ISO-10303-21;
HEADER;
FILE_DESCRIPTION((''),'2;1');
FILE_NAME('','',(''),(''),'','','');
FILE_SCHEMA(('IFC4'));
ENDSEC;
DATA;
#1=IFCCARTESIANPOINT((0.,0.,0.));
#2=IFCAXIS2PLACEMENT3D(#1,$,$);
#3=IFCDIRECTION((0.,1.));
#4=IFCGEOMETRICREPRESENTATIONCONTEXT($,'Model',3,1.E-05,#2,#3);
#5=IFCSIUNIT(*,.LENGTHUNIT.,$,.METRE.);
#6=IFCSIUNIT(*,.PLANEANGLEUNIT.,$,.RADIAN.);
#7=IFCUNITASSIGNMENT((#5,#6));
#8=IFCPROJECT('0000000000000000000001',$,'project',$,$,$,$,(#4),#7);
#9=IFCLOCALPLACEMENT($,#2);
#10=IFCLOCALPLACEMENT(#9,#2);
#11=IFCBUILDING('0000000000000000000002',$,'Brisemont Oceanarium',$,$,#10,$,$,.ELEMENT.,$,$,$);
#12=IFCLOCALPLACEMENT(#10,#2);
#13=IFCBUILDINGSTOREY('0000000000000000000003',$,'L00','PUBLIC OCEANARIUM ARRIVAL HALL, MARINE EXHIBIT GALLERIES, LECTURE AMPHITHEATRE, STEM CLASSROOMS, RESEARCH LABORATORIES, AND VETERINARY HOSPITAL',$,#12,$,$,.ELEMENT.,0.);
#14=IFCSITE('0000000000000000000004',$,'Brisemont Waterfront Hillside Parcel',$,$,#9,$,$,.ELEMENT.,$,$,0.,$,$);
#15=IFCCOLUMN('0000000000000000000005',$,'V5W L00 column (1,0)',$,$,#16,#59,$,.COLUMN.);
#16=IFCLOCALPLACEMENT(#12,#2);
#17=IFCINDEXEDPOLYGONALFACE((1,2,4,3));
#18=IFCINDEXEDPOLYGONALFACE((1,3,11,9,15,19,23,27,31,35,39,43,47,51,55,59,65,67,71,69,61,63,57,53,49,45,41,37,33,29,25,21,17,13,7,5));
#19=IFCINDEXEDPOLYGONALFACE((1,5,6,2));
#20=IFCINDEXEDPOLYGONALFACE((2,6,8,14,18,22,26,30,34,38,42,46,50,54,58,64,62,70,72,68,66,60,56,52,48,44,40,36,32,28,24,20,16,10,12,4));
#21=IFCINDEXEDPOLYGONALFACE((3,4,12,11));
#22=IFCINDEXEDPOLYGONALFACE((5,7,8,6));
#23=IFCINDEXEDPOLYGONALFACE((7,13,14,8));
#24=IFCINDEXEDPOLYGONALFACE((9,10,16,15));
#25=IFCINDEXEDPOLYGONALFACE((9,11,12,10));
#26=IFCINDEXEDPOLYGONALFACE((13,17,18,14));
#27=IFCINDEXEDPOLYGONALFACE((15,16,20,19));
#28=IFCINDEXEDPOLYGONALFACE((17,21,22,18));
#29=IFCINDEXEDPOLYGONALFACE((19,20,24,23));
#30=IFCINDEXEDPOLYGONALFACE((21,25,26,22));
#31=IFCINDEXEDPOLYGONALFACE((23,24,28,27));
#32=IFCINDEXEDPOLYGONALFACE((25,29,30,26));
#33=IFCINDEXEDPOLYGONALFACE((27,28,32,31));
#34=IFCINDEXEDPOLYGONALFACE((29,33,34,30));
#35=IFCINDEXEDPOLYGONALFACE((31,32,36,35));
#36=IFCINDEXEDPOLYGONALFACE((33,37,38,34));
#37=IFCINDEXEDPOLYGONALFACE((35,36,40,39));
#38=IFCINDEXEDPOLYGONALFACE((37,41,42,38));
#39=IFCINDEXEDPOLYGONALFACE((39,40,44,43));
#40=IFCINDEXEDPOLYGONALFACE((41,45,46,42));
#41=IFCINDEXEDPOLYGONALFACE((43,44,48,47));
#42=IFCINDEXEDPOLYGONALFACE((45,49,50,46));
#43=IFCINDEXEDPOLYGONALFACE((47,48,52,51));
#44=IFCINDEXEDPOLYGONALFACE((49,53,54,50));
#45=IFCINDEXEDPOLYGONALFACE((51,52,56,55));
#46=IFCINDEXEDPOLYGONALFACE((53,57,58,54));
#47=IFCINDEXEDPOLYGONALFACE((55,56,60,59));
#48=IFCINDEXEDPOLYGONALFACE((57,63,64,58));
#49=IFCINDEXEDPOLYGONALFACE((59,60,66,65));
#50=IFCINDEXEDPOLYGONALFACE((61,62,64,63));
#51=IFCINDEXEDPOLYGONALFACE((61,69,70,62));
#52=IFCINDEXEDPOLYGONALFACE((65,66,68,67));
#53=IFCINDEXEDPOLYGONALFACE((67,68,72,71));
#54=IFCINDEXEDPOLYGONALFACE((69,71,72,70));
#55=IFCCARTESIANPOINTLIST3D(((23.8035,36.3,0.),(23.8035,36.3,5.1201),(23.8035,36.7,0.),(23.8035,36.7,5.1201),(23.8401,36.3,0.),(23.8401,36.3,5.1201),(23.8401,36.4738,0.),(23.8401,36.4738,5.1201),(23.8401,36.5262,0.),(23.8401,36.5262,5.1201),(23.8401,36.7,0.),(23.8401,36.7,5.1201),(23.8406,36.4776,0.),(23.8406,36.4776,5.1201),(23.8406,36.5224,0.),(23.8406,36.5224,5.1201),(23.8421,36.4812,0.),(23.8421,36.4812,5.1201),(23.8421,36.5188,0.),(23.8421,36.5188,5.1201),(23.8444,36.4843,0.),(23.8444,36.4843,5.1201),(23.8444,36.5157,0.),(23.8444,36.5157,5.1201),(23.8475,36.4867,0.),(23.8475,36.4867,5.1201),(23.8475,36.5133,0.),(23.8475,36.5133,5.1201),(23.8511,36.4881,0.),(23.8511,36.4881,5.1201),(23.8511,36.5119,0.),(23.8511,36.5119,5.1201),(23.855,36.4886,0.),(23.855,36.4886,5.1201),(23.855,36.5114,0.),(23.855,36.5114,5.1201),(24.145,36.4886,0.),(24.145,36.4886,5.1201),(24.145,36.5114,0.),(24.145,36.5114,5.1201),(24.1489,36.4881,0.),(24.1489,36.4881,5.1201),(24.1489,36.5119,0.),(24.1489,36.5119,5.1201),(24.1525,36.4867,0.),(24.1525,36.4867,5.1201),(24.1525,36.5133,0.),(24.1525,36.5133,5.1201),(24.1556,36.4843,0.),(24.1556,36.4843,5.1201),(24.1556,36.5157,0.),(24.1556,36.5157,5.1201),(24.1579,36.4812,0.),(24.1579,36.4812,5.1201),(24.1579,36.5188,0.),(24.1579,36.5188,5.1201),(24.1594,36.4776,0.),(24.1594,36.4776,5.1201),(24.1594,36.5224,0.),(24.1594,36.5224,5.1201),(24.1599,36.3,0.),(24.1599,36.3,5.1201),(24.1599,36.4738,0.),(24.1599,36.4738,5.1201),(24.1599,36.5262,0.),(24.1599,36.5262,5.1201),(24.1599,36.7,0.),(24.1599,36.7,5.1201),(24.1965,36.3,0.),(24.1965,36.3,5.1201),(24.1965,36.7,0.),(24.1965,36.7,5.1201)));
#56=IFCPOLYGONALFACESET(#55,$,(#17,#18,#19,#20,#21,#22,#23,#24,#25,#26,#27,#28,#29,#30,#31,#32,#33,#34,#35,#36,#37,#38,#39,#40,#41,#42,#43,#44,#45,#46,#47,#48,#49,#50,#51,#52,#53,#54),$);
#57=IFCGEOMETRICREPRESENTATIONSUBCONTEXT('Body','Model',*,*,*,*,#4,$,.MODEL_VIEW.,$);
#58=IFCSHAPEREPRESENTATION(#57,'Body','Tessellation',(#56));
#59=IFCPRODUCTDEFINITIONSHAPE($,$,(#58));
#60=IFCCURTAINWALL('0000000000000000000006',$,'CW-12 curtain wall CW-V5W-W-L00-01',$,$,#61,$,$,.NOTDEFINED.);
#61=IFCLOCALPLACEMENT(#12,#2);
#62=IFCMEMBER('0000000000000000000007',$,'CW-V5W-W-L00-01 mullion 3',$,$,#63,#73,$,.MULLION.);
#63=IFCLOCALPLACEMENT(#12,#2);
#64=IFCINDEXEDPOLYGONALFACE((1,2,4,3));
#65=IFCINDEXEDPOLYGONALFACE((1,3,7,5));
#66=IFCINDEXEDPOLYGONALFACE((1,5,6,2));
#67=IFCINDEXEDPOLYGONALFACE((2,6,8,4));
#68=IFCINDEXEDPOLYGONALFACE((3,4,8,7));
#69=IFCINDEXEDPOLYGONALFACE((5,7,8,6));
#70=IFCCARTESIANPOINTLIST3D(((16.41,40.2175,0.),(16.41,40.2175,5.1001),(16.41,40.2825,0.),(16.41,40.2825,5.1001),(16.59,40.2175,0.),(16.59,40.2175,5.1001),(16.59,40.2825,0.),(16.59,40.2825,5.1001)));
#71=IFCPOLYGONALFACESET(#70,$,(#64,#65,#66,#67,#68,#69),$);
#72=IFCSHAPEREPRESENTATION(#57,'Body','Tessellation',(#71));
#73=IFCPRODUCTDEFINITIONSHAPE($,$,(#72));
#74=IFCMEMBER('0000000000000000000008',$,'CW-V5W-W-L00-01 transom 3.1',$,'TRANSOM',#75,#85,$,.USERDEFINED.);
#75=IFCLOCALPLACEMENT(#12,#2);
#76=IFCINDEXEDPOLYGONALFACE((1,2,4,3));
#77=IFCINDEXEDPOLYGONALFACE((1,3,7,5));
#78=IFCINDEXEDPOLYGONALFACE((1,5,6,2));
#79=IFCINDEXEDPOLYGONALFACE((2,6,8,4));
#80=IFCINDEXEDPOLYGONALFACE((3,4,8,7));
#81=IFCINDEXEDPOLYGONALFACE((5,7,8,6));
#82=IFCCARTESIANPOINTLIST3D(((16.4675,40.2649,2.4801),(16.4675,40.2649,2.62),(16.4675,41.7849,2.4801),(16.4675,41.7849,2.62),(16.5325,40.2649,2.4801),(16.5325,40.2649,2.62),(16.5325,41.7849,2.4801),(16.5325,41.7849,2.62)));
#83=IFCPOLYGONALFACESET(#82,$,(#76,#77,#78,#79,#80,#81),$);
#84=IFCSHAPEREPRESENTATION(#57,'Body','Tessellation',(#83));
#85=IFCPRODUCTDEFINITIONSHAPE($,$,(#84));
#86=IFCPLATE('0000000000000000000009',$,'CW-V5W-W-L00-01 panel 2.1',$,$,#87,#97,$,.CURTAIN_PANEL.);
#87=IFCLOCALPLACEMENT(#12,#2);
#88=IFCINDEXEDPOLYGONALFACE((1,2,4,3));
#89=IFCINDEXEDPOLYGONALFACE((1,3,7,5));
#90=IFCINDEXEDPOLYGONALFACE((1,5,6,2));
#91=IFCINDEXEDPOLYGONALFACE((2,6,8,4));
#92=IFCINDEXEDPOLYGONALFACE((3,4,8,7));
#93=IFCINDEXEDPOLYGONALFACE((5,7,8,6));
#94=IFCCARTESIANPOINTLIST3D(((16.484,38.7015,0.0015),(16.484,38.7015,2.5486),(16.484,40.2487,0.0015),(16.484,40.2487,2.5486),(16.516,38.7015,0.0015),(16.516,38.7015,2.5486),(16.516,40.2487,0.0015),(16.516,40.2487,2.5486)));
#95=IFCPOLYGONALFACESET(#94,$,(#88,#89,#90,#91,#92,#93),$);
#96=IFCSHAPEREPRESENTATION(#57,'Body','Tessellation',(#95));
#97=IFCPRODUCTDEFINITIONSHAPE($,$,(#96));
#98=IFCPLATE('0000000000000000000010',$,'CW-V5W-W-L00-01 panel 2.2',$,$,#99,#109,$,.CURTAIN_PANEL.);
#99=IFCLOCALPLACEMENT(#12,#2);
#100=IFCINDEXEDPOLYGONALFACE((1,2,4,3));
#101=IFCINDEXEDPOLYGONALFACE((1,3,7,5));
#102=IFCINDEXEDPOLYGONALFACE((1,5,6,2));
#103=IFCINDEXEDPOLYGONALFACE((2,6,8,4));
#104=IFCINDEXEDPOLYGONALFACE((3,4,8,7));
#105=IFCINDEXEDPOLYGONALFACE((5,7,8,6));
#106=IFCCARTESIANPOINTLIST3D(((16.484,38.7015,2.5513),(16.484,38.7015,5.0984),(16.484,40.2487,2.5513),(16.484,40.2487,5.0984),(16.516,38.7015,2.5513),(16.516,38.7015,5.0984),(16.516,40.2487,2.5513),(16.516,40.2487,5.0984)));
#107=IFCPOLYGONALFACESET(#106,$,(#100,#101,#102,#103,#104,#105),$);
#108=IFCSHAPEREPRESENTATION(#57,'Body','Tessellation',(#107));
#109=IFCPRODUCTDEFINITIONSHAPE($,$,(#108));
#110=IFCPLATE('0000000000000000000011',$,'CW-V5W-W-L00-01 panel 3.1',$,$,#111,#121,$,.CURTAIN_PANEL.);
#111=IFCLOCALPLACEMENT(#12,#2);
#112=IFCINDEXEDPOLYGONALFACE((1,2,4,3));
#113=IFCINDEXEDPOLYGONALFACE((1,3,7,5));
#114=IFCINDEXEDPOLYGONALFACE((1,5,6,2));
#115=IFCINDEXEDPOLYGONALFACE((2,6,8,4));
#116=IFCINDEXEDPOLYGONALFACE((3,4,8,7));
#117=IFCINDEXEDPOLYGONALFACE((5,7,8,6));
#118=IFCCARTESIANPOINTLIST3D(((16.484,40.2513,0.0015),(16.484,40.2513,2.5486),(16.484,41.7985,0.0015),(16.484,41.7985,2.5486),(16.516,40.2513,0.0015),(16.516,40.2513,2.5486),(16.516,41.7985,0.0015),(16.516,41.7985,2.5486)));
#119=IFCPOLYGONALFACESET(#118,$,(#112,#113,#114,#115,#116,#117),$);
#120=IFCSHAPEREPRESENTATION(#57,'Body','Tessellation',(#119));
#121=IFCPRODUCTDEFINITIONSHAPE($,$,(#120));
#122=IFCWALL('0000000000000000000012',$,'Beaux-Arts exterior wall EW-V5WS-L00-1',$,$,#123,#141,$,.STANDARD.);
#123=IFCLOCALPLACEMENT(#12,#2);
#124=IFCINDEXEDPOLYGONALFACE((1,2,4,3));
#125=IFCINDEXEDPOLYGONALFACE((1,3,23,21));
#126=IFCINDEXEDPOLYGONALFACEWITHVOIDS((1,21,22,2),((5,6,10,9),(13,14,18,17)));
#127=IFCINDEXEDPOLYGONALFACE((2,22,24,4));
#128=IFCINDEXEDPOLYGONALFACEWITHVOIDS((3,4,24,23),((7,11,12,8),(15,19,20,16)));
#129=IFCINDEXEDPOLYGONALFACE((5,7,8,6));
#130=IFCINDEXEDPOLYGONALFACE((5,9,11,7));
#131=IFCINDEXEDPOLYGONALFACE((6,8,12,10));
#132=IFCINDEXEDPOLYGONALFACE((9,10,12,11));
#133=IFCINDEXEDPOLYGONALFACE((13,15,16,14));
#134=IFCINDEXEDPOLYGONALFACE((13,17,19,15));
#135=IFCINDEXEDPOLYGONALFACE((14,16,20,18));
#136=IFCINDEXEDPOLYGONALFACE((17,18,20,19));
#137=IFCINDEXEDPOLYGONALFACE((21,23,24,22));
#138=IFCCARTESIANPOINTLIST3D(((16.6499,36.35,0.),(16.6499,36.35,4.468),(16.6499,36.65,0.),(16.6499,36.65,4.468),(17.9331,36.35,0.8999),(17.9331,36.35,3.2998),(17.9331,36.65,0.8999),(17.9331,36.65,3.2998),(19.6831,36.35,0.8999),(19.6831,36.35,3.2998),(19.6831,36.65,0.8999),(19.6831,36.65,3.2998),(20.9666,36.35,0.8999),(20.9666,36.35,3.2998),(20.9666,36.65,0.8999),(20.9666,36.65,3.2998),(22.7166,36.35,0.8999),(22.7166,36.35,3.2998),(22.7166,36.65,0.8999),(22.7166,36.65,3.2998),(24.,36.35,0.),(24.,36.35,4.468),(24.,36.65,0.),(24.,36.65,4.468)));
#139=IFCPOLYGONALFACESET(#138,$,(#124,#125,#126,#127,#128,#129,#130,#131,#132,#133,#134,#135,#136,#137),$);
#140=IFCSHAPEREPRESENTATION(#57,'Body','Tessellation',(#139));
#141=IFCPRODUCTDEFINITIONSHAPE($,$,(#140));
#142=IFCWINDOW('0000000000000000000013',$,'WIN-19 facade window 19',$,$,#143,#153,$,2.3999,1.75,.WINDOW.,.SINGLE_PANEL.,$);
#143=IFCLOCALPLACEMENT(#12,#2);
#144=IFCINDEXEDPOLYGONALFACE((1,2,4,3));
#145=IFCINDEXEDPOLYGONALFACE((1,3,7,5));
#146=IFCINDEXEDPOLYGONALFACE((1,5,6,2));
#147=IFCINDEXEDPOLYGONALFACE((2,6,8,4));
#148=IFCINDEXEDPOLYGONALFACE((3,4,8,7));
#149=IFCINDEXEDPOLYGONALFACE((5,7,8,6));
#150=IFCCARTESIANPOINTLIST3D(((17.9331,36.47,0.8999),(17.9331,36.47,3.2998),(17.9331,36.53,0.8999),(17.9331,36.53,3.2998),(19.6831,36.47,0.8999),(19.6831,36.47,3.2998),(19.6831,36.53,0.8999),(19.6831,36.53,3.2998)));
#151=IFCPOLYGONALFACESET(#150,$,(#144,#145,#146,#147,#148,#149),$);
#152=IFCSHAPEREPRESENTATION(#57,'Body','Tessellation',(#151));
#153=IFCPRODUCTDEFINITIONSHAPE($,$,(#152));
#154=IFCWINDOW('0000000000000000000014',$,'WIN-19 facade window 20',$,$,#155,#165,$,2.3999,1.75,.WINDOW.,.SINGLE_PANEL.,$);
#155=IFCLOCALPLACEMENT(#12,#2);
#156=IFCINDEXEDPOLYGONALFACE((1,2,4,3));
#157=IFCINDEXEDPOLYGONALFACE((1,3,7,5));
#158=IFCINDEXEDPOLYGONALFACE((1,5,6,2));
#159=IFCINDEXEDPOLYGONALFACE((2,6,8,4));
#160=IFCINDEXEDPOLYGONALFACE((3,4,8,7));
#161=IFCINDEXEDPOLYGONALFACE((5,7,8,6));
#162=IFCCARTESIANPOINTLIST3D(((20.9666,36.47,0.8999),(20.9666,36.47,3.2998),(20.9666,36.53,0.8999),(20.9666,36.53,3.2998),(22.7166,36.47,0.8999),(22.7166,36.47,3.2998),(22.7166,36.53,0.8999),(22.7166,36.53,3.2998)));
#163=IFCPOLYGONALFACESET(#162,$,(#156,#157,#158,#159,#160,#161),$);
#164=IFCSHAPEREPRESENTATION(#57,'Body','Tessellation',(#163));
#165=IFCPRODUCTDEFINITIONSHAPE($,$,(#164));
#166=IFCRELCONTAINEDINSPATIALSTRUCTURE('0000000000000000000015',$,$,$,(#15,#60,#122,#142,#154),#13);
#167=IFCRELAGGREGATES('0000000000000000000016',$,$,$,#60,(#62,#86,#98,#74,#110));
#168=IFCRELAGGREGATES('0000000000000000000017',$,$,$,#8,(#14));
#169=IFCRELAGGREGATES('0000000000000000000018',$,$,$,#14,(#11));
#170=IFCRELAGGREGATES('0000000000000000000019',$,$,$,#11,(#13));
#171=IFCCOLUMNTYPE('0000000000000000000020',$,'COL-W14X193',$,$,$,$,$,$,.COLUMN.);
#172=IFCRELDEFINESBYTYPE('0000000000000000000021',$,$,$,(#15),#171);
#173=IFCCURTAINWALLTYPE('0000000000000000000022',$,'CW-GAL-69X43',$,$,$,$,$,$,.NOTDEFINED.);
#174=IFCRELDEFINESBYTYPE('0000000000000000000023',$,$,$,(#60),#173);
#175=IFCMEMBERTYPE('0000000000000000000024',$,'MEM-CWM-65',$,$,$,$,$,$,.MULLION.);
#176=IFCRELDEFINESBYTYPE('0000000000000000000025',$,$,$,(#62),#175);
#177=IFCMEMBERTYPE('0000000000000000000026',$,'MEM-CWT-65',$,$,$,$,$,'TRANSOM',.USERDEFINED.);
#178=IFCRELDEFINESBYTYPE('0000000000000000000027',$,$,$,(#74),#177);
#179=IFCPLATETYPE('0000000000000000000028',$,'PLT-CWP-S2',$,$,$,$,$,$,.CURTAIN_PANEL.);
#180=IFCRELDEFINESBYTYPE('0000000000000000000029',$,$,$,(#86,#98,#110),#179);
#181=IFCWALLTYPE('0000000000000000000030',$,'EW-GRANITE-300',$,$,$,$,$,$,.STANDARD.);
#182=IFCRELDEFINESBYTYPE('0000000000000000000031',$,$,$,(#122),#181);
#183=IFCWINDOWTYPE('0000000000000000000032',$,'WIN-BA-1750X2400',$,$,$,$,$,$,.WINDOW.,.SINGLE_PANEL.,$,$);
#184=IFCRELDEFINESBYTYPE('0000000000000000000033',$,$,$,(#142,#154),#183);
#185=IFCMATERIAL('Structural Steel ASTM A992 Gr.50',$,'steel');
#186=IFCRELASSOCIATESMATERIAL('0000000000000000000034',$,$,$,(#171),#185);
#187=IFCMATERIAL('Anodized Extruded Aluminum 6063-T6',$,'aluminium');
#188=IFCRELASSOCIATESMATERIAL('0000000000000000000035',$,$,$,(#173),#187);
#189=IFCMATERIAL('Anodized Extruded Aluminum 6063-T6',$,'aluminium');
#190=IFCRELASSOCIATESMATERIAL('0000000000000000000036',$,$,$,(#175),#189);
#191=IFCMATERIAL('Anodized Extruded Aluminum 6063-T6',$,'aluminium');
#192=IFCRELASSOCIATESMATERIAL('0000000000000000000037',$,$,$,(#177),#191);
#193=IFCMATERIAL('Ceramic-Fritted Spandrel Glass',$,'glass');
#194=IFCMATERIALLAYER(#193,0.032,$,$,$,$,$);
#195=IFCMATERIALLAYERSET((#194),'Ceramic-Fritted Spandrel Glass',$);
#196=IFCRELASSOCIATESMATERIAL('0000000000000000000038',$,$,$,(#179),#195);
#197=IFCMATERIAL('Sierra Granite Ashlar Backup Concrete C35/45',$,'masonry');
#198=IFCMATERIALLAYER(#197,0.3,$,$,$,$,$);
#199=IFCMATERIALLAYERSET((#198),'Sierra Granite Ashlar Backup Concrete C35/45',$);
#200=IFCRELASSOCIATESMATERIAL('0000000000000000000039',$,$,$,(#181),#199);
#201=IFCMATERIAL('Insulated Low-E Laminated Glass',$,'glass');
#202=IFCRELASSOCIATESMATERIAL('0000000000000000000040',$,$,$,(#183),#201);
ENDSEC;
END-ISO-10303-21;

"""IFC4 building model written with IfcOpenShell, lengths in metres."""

from ifc_helpers import new_model, si_unit, direction, frame, frame_2d, origin, origin_2d, place, context, subcontext, project, spatial, rectangle, i_section, extrude, material, layer, layer_set, material_profile, profile_set, type_object, element, fill, aggregate, save


model = new_model("IFC4")

# Units and contexts
model_context = context("Model", 3, precision=1e-05, world=origin(), true_north=direction((0.0, 1.0)))
body_context = subcontext(model_context, "Body", "Model", "MODEL_VIEW")
ifc_project = project(units=[si_unit("LENGTHUNIT", "METRE"), si_unit("PLANEANGLEUNIT", "RADIAN")], contexts=[model_context])

# Site, building, storey
site_placement = place(None, origin())
site = spatial("IfcSite", under=ifc_project, at=site_placement, Name="Brisemont Waterfront Hillside Parcel", CompositionType="ELEMENT", RefElevation=0.0)
building_placement = place(site_placement, origin())
building = spatial("IfcBuilding", under=site, at=building_placement, Name="Brisemont Oceanarium", CompositionType="ELEMENT")
storey_placement = place(building_placement, origin())
storey = spatial("IfcBuildingStorey", under=building, at=storey_placement, Name="L00", Description="PUBLIC OCEANARIUM ARRIVAL HALL, MARINE EXHIBIT GALLERIES, LECTURE AMPHITHEATRE, STEM CLASSROOMS, RESEARCH LABORATORIES, AND VETERINARY HOSPITAL", CompositionType="ELEMENT", Elevation=0.0)

# Column
ifc_material_1 = material(Name="Structural Steel ASTM A992 Gr.50", Category="steel")
ifc_material_profile_1 = material_profile(ifc_material_1, i_section(OverallWidth=0.3999, OverallDepth=0.3931, WebThickness=0.0227, FlangeThickness=0.0366, FilletRadius=0.0149, at=origin_2d()), Name="W14X193")
ifc_profile_set_1 = profile_set([ifc_material_profile_1], Name="Structural Steel ASTM A992 Gr.50")
column_type_1 = type_object("IfcColumnType", Name="COL-W14X193", PredefinedType="COLUMN", material=ifc_profile_set_1)
column_1_placement = place(storey_placement, frame((24.0, 36.5, 0.0), z_axis=(0.0, 0.0, 1.0), x_axis=(0.0, 1.0, 0.0)))
element("IfcColumn", 1, at=column_1_placement, inside=storey, type_object=column_type_1, Name="V5W L00 column (1,0)", PredefinedType="COLUMN", context=body_context, shape_type="SweptSolid", body=[
    extrude(i_section(OverallWidth=0.3999, OverallDepth=0.3931, WebThickness=0.0227, FlangeThickness=0.0366, FilletRadius=0.0149, at=origin_2d()), origin(), (0.0, 0.0, 1.0), 5.1201),
])

# Curtain wall, members, plates
ifc_material_2 = material(Name="Anodized Extruded Aluminum 6063-T6", Category="aluminium")
curtain_wall_type = type_object("IfcCurtainWallType", Name="CW-GAL-69X43", PredefinedType="NOTDEFINED", material=ifc_material_2)
curtain_wall_placement = place(storey_placement, origin())
curtain_wall = element("IfcCurtainWall", 2, at=curtain_wall_placement, inside=storey, type_object=curtain_wall_type, Name="CW-12 curtain wall CW-V5W-W-L00-01", PredefinedType="NOTDEFINED")
ifc_material_3 = material(Name="Anodized Extruded Aluminum 6063-T6", Category="aluminium")
ifc_material_profile_2 = material_profile(ifc_material_3, rectangle(XDim=0.0649, YDim=0.1799, at=origin_2d()), Name="CWM-65X180")
ifc_profile_set_2 = profile_set([ifc_material_profile_2], Name="Anodized Extruded Aluminum 6063-T6")
member_type_1 = type_object("IfcMemberType", Name="MEM-CWM-65", PredefinedType="MULLION", material=ifc_profile_set_2)
member_1_placement = place(storey_placement, frame((16.5, 40.25, 0.0), z_axis=(0.0, 0.0, 1.0), x_axis=(0.0, 1.0, 0.0)))
member_1 = element("IfcMember", 3, at=member_1_placement, type_object=member_type_1, Name="CW-V5W-W-L00-01 mullion 3", PredefinedType="MULLION", context=body_context, shape_type="SweptSolid", body=[
    extrude(rectangle(XDim=0.0649, YDim=0.1799, at=origin_2d()), origin(), (0.0, 0.0, 1.0), 5.1001),
])
ifc_material_4 = material(Name="Anodized Extruded Aluminum 6063-T6", Category="aluminium")
ifc_material_profile_3 = material_profile(ifc_material_4, rectangle(XDim=0.0649, YDim=0.1399, at=origin_2d()), Name="CWT-65X140")
ifc_profile_set_3 = profile_set([ifc_material_profile_3], Name="Anodized Extruded Aluminum 6063-T6")
member_type_2 = type_object("IfcMemberType", Name="MEM-CWT-65", ElementType="TRANSOM", PredefinedType="USERDEFINED", material=ifc_profile_set_3)
member_2_placement = place(storey_placement, frame((16.5, 40.2649, 2.55), z_axis=(0.0, 1.0, 0.0), x_axis=(-1.0, 0.0, 0.0)))
member_2 = element("IfcMember", 4, at=member_2_placement, type_object=member_type_2, Name="CW-V5W-W-L00-01 transom 3.1", ObjectType="TRANSOM", PredefinedType="USERDEFINED", context=body_context, shape_type="SweptSolid", body=[
    extrude(rectangle(XDim=0.0649, YDim=0.1399, at=origin_2d()), origin(), (0.0, 0.0, 1.0), 1.52),
])
ifc_material_5 = material(Name="Ceramic-Fritted Spandrel Glass", Category="glass")
ifc_layer_1 = layer(ifc_material_5, 0.032)
ifc_layer_set_1 = layer_set([ifc_layer_1], Name="Ceramic-Fritted Spandrel Glass")
plate_type = type_object("IfcPlateType", Name="PLT-CWP-S2", PredefinedType="CURTAIN_PANEL", material=ifc_layer_set_1)
plate_1_placement = place(storey_placement, frame((16.5, 39.4751, 0.0015), z_axis=(0.0, 0.0, 1.0), x_axis=(0.0, 1.0, 0.0)))
plate_1 = element("IfcPlate", 5, at=plate_1_placement, type_object=plate_type, Name="CW-V5W-W-L00-01 panel 2.1", PredefinedType="CURTAIN_PANEL", context=body_context, shape_type="SweptSolid", body=[
    extrude(rectangle(XDim=1.5471, YDim=0.032, at=origin_2d()), origin(), (0.0, 0.0, 1.0), 2.5471),
])
plate_2_placement = place(storey_placement, frame((16.5, 39.4751, 2.5513), z_axis=(0.0, 0.0, 1.0), x_axis=(0.0, 1.0, 0.0)))
plate_2 = element("IfcPlate", 6, at=plate_2_placement, type_object=plate_type, Name="CW-V5W-W-L00-01 panel 2.2", PredefinedType="CURTAIN_PANEL", context=body_context, shape_type="SweptSolid", body=[
    extrude(rectangle(XDim=1.5471, YDim=0.032, at=origin_2d()), origin(), (0.0, 0.0, 1.0), 2.5471),
])
plate_3_placement = place(storey_placement, frame((16.5, 41.0249, 0.0015), z_axis=(0.0, 0.0, 1.0), x_axis=(0.0, 1.0, 0.0)))
plate_3 = element("IfcPlate", 7, at=plate_3_placement, type_object=plate_type, Name="CW-V5W-W-L00-01 panel 3.1", PredefinedType="CURTAIN_PANEL", context=body_context, shape_type="SweptSolid", body=[
    extrude(rectangle(XDim=1.5471, YDim=0.032, at=origin_2d()), origin(), (0.0, 0.0, 1.0), 2.5471),
])
aggregate(curtain_wall, [member_1, plate_1, plate_2, member_2, plate_3])

# Wall, openings, windows
ifc_material_6 = material(Name="Sierra Granite Ashlar Backup Concrete C35/45", Category="masonry")
ifc_layer_2 = layer(ifc_material_6, 0.3)
ifc_layer_set_2 = layer_set([ifc_layer_2], Name="Sierra Granite Ashlar Backup Concrete C35/45")
wall_type_1 = type_object("IfcWallType", Name="EW-GRANITE-300", PredefinedType="STANDARD", material=ifc_layer_set_2)
wall_1_placement = place(storey_placement, frame((16.6499, 36.5, 0.0), z_axis=(0.0, 0.0, 1.0), x_axis=(1.0, 0.0, 0.0)))
wall_1 = element("IfcWall", 8, at=wall_1_placement, inside=storey, type_object=wall_type_1, Name="Beaux-Arts exterior wall EW-V5WS-L00-1", PredefinedType="STANDARD", context=body_context, shape_type="SweptSolid", body=[
    extrude(rectangle(XDim=7.3501, YDim=0.3, at=frame_2d((3.675, 0.0))), origin(), (0.0, 0.0, 1.0), 4.468),
])
opening_1_placement = place(wall_1_placement, frame((1.2832, 0.0, 0.8999)))
opening_1 = element("IfcOpeningElement", 9, at=opening_1_placement, cuts=wall_1, PredefinedType="OPENING", context=body_context, shape_type="SweptSolid", body=[
    extrude(rectangle(XDim=1.75, YDim=2.3999, at=frame_2d((0.875, 1.2))), frame((0.0, 0.1599, 0.0), z_axis=(0.0, -1.0, 0.0), x_axis=(1.0, 0.0, 0.0)), (0.0, 0.0, 1.0), 0.3201),
])
opening_2_placement = place(wall_1_placement, frame((4.3167, 0.0, 0.8999)))
opening_2 = element("IfcOpeningElement", 10, at=opening_2_placement, cuts=wall_1, PredefinedType="OPENING", context=body_context, shape_type="SweptSolid", body=[
    extrude(rectangle(XDim=1.75, YDim=2.3999, at=frame_2d((0.875, 1.2))), frame((0.0, 0.1599, 0.0), z_axis=(0.0, -1.0, 0.0), x_axis=(1.0, 0.0, 0.0)), (0.0, 0.0, 1.0), 0.3201),
])
ifc_material_7 = material(Name="Insulated Low-E Laminated Glass", Category="glass")
window_type_1 = type_object("IfcWindowType", Name="WIN-BA-1750X2400", PartitioningType="SINGLE_PANEL", PredefinedType="WINDOW", material=ifc_material_7)
window_1_placement = place(opening_1_placement, origin())
window_1 = element("IfcWindow", 11, at=window_1_placement, inside=storey, type_object=window_type_1, Name="WIN-19 facade window 19", OverallHeight=2.3999, OverallWidth=1.75, PartitioningType="SINGLE_PANEL", PredefinedType="WINDOW", context=body_context, shape_type="SweptSolid", body=[
    extrude(rectangle(XDim=1.75, YDim=2.3999, at=frame_2d((0.875, 1.2))), frame((0.0, 0.03, 0.0), z_axis=(0.0, -1.0, 0.0), x_axis=(1.0, 0.0, 0.0)), (0.0, 0.0, 1.0), 0.0601),
])
fill(opening_1, window_1)
window_2_placement = place(opening_2_placement, origin())
window_2 = element("IfcWindow", 12, at=window_2_placement, inside=storey, type_object=window_type_1, Name="WIN-19 facade window 20", OverallHeight=2.3999, OverallWidth=1.75, PartitioningType="SINGLE_PANEL", PredefinedType="WINDOW", context=body_context, shape_type="SweptSolid", body=[
    extrude(rectangle(XDim=1.75, YDim=2.3999, at=frame_2d((0.875, 1.2))), frame((0.0, 0.03, 0.0), z_axis=(0.0, -1.0, 0.0), x_axis=(1.0, 0.0, 0.0)), (0.0, 0.0, 1.0), 0.0601),
])
fill(opening_2, window_2)

save(model, "model.ifc")
